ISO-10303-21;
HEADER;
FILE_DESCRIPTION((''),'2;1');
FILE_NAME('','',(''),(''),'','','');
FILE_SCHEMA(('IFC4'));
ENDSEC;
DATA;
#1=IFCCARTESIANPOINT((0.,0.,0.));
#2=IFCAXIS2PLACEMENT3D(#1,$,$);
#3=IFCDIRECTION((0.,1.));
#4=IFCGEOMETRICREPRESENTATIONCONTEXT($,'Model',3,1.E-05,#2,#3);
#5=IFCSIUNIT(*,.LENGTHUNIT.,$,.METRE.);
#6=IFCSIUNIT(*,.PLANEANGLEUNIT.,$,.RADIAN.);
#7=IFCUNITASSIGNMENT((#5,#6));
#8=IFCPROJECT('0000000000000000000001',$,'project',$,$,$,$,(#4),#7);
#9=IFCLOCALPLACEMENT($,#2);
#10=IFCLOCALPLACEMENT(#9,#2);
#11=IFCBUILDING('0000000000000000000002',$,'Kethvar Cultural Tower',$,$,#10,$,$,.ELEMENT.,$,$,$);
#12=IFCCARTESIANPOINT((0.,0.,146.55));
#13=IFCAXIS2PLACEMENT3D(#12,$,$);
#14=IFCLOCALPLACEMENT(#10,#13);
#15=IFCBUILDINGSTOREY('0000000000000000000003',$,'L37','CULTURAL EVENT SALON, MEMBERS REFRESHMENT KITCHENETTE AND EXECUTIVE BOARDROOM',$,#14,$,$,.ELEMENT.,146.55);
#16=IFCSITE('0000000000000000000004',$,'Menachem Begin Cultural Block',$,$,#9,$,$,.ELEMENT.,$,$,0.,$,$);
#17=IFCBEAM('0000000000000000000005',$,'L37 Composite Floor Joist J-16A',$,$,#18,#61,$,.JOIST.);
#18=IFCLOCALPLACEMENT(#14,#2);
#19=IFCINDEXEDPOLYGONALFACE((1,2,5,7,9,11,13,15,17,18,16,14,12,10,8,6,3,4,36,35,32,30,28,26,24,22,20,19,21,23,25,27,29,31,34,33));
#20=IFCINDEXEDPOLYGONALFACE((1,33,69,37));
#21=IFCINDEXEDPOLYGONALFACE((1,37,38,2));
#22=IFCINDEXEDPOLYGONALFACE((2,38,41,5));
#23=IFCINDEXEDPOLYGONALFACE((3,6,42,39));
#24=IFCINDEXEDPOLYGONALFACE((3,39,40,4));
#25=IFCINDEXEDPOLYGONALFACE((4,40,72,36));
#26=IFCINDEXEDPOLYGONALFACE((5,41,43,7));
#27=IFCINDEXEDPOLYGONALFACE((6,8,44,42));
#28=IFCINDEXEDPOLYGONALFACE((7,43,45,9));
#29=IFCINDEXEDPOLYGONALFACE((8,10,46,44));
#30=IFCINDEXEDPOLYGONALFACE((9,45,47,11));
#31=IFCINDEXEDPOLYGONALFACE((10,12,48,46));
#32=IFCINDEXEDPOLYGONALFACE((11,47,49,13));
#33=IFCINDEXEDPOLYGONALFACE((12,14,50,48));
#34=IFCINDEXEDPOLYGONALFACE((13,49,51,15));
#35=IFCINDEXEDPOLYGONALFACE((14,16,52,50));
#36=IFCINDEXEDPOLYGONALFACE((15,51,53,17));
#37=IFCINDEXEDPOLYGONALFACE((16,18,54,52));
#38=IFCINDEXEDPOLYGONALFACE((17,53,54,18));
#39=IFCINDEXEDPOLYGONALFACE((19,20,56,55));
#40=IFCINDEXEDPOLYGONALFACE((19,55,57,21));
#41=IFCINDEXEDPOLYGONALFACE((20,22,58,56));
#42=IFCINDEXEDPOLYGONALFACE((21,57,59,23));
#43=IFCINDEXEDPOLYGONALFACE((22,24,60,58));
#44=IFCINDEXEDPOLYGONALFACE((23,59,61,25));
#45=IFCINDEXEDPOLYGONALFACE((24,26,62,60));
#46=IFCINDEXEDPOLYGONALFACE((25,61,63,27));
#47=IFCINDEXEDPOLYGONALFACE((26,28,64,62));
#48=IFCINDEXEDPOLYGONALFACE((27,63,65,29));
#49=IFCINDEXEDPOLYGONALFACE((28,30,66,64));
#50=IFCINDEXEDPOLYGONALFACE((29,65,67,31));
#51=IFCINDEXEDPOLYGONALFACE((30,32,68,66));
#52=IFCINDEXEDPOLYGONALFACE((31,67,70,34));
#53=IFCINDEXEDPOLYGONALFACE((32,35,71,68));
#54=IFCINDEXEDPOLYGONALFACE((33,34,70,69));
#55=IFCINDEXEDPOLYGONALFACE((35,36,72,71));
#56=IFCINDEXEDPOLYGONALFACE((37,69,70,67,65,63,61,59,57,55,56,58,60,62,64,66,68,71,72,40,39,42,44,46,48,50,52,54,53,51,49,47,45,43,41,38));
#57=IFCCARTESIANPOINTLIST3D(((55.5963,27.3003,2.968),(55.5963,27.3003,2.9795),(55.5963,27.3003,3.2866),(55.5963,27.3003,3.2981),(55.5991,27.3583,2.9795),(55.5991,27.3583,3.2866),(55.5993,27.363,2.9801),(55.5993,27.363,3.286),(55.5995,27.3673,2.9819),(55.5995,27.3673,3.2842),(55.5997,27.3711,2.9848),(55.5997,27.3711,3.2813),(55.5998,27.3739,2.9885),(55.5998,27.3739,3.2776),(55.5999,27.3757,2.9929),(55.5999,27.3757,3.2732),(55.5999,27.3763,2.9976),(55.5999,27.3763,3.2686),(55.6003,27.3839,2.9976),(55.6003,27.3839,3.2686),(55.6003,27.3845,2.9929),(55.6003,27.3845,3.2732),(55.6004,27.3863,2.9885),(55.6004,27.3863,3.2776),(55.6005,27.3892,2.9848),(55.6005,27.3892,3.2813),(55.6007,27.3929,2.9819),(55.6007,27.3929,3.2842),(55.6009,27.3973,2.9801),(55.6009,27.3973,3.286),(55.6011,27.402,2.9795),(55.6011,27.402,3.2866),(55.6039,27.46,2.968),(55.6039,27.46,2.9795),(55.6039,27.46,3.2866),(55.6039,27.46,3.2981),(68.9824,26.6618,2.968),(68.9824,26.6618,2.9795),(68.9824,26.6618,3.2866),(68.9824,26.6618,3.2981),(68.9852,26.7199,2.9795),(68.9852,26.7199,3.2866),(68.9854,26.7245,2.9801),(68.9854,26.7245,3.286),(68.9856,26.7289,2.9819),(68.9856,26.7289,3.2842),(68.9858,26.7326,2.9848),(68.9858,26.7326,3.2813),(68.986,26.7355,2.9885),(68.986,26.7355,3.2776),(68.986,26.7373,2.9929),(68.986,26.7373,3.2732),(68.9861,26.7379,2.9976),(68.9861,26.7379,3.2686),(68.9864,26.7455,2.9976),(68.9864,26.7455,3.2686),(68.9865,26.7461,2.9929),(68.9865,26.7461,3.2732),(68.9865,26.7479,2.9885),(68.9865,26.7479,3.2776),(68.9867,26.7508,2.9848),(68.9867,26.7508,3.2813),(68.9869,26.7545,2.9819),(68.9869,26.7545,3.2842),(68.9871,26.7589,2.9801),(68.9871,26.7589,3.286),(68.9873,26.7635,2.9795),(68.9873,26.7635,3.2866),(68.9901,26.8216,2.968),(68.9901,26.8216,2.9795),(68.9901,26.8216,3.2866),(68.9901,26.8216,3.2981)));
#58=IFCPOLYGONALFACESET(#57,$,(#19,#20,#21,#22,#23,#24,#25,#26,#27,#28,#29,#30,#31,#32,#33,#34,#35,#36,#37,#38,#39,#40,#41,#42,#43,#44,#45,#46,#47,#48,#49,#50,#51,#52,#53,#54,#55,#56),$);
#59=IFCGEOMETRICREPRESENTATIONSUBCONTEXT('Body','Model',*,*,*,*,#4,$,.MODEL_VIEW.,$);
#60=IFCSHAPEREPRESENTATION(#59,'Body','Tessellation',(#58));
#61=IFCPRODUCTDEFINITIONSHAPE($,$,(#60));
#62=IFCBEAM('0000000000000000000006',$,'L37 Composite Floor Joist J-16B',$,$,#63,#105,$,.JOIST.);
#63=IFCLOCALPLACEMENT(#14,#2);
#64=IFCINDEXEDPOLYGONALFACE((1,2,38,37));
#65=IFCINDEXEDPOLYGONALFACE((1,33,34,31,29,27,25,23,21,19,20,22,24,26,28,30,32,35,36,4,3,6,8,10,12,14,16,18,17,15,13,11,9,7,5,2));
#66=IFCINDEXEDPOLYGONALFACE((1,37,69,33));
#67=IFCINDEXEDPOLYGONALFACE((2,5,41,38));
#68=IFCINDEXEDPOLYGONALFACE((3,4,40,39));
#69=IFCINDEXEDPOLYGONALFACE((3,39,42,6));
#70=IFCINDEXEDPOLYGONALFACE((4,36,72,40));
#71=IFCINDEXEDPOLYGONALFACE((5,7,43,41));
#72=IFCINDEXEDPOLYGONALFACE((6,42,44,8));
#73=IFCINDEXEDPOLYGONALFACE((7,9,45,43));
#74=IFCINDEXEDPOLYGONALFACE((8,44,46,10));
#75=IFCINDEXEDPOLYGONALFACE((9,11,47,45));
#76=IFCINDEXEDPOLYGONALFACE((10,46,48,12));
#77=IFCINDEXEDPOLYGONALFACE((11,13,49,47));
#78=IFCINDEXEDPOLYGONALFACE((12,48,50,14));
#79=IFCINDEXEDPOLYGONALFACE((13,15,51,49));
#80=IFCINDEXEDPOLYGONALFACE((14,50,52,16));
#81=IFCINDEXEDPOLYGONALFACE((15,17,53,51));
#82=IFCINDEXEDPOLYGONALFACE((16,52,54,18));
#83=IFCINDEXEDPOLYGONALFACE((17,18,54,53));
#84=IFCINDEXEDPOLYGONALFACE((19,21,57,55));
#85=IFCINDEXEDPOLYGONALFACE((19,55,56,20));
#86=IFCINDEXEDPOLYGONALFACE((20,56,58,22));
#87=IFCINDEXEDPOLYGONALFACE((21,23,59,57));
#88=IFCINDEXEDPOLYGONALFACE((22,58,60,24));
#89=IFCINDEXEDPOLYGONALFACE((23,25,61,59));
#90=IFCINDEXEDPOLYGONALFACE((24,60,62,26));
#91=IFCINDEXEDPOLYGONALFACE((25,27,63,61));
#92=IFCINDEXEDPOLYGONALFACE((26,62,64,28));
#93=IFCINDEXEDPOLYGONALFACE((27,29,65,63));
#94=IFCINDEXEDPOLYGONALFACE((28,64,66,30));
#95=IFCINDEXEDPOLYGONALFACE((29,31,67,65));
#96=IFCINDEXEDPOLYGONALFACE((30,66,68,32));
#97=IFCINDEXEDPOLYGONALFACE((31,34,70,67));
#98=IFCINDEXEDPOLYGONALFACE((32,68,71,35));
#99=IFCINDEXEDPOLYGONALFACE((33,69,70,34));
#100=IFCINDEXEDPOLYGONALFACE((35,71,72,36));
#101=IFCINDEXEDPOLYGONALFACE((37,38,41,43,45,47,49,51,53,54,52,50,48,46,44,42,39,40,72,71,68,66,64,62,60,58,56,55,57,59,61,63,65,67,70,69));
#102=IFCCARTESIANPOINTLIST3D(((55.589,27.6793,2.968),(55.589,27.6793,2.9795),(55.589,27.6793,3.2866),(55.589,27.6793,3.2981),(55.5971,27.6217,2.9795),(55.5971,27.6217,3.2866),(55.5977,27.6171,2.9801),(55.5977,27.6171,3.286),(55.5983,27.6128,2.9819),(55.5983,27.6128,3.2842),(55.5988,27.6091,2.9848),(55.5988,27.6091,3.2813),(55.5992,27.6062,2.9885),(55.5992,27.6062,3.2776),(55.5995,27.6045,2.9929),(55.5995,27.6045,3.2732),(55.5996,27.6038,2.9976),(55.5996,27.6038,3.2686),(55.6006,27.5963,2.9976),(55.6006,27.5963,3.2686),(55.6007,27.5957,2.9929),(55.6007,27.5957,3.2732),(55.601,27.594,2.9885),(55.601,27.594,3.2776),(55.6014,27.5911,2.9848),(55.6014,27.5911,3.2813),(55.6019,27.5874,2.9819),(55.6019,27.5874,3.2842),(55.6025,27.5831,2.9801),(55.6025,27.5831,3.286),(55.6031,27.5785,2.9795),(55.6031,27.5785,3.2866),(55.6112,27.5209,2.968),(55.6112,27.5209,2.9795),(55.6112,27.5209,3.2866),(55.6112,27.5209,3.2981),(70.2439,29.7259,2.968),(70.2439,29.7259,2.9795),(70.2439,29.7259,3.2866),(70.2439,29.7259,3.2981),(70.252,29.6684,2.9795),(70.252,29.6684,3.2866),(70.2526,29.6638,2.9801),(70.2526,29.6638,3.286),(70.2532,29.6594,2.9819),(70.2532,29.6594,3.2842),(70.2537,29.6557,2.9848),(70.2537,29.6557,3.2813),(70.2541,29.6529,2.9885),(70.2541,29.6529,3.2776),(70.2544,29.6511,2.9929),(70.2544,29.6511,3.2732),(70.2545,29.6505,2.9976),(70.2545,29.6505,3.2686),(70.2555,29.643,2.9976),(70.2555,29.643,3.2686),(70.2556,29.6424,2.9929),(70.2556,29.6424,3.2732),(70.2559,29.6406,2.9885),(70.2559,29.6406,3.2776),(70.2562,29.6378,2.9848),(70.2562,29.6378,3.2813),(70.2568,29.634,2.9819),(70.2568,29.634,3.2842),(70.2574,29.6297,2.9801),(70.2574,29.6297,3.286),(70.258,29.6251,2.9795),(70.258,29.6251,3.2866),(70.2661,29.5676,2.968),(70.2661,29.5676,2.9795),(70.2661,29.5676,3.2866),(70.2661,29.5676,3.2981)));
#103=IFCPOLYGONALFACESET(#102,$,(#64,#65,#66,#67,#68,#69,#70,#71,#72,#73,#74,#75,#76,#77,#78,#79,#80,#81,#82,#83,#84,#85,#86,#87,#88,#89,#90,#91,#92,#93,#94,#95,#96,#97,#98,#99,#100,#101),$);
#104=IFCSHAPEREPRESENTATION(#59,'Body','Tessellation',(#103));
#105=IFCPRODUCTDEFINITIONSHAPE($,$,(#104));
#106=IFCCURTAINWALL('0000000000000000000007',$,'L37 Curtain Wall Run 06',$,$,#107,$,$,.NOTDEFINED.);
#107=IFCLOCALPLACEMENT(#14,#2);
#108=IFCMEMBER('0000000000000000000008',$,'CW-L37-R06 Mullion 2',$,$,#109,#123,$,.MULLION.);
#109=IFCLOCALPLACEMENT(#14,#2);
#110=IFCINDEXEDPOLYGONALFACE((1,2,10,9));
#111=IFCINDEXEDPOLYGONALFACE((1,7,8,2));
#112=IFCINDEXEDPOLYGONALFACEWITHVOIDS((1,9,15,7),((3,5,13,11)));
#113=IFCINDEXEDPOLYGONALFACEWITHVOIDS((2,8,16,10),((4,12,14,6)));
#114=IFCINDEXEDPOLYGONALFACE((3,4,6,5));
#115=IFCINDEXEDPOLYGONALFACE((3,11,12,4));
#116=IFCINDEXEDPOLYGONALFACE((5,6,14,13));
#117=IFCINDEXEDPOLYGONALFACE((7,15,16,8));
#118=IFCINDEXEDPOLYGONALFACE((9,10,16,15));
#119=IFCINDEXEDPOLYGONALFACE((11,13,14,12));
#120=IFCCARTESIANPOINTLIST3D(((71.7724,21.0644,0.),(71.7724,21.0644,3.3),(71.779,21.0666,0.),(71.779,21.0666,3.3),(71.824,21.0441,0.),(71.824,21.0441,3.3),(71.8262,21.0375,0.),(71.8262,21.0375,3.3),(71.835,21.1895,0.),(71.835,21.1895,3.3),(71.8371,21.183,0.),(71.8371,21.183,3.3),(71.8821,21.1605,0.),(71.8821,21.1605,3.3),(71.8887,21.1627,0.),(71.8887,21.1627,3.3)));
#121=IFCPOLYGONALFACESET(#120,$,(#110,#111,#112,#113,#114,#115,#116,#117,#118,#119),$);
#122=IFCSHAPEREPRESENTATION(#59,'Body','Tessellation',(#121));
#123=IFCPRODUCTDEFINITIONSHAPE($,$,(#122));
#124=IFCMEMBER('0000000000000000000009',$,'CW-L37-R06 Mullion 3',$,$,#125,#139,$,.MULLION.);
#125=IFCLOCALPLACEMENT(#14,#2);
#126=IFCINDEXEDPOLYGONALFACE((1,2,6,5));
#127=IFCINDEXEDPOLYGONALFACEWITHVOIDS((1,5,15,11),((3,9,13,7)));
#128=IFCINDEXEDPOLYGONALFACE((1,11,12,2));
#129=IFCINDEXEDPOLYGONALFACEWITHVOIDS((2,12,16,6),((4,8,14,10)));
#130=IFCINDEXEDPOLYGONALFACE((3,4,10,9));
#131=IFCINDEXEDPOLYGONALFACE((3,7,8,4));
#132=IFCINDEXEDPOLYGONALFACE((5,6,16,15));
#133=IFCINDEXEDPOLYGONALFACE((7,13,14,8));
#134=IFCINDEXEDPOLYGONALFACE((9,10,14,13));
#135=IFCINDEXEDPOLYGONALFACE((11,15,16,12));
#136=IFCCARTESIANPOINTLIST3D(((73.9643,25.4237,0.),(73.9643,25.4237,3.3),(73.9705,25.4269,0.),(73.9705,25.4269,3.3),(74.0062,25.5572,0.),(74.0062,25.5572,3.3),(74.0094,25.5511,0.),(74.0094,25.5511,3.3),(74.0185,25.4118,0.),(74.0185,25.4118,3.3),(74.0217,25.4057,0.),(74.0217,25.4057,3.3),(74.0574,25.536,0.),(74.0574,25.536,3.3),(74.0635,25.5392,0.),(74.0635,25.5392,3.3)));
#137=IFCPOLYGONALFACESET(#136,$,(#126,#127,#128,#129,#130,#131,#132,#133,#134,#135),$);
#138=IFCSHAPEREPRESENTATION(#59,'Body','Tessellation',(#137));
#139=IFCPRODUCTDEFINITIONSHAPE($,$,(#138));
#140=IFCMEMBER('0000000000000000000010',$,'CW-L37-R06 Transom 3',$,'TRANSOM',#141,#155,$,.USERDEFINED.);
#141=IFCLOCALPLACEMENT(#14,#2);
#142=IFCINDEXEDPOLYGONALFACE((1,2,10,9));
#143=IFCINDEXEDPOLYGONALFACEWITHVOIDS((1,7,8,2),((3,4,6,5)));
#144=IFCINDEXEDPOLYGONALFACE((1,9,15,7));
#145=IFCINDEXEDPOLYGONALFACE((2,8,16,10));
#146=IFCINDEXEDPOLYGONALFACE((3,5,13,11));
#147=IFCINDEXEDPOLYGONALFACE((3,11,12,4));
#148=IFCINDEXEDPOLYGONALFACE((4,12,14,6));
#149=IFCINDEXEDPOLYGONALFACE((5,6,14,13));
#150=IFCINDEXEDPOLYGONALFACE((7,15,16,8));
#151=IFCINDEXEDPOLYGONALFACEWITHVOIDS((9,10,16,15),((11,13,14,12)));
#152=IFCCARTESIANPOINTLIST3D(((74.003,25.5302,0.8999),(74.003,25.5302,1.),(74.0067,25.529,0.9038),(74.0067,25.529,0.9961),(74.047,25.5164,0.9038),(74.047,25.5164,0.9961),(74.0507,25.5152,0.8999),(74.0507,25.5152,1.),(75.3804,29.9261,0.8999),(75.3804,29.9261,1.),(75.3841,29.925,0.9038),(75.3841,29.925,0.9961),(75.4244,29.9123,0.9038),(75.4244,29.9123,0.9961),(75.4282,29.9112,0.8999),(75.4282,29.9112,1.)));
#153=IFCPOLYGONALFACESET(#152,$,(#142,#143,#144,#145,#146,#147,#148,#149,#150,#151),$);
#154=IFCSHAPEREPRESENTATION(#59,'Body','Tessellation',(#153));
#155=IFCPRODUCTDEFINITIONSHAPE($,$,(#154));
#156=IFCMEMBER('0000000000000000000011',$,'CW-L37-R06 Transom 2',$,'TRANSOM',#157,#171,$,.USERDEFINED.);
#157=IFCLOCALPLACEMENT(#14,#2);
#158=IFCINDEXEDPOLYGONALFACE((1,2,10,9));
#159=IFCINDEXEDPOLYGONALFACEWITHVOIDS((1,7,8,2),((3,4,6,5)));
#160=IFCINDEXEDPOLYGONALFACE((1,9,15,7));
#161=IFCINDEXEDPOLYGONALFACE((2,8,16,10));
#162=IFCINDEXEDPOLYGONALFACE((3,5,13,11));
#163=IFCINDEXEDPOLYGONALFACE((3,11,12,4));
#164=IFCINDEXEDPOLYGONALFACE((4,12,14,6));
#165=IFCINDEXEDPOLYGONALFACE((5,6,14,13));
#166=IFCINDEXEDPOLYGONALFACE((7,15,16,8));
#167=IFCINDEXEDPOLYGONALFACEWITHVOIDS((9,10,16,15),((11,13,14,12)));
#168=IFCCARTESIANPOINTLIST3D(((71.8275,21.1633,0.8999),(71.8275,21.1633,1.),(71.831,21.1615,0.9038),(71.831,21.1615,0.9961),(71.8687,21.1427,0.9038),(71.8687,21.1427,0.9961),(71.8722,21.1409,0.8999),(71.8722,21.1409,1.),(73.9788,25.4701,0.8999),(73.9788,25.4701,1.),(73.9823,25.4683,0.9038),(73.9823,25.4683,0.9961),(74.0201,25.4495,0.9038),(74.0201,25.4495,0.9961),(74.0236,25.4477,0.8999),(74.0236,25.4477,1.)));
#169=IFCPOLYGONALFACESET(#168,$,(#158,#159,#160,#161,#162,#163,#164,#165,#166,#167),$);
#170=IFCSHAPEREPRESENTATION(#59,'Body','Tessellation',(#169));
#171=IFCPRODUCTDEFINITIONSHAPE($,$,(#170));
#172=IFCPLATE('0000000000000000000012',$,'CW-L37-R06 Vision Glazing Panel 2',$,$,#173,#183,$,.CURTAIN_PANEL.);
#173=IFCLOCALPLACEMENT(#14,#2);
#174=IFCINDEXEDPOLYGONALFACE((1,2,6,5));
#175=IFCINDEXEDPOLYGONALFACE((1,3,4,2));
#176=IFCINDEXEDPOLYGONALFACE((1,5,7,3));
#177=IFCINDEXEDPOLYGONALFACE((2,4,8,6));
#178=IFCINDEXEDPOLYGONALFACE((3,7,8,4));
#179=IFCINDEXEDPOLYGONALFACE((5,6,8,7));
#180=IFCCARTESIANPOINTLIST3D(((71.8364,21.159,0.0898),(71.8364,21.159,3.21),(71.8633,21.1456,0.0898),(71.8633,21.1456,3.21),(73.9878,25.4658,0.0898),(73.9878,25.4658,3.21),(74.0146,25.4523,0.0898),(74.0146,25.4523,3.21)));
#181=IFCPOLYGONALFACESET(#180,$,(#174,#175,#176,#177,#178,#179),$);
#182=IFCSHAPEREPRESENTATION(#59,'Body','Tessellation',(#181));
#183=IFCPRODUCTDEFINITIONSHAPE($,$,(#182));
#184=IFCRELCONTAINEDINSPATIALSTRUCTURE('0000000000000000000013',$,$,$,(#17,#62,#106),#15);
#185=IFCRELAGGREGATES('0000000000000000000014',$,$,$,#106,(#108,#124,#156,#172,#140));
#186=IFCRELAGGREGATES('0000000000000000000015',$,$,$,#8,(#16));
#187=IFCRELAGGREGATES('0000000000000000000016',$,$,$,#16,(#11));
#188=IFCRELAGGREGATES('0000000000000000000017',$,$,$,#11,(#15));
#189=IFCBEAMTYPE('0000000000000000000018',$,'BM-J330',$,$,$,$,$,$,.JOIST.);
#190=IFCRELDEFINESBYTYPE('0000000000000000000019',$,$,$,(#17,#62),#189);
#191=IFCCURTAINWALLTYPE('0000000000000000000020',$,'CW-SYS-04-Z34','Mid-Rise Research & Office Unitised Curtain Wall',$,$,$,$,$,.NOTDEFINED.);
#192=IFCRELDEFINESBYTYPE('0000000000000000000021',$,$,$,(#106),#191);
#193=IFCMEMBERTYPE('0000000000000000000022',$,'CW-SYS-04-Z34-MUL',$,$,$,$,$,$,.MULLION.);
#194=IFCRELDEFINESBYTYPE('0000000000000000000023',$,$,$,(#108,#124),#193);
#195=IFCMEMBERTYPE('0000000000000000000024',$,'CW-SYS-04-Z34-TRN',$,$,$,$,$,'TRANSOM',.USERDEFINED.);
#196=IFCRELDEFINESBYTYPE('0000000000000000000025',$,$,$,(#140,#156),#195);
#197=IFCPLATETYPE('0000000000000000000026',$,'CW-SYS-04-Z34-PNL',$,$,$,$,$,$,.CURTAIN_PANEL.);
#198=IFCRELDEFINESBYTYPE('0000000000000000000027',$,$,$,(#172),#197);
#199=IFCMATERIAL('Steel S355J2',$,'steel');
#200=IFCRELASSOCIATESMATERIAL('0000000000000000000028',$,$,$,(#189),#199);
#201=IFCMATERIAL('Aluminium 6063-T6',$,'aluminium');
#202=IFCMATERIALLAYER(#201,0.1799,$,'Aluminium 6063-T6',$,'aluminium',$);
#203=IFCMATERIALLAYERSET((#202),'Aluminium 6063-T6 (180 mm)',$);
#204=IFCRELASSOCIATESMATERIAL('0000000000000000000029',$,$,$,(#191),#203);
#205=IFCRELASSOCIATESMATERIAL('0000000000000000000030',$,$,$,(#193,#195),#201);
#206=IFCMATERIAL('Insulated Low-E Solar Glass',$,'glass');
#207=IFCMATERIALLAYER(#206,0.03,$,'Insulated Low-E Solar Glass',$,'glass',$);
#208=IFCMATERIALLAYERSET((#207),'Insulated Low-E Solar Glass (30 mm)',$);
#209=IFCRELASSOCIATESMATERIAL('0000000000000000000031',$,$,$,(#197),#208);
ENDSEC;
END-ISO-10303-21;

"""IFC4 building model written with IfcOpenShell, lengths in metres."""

from ifc_helpers import new_model, si_unit, direction, frame, origin, origin_2d, place, context, subcontext, project, spatial, rectangle, hollow_rectangle, i_section, extrude, source, transform, mapped, material, layer, layer_set, material_profile, profile_set, type_object, element, aggregate, save


model = new_model("IFC4")

# Units and contexts
model_context = context("Model", 3, precision=1e-05, world=origin(), true_north=direction((0.0, 1.0)))
body_context = subcontext(model_context, "Body", "Model", "MODEL_VIEW")
ifc_project = project(units=[si_unit("LENGTHUNIT", "METRE"), si_unit("PLANEANGLEUNIT", "RADIAN")], contexts=[model_context])

# Site, building, storey
site_placement = place(None, origin())
site = spatial("IfcSite", under=ifc_project, at=site_placement, Name="Menachem Begin Cultural Block", CompositionType="ELEMENT", RefElevation=0.0)
building_placement = place(site_placement, origin())
building = spatial("IfcBuilding", under=site, at=building_placement, Name="Kethvar Cultural Tower", CompositionType="ELEMENT")
storey_placement = place(building_placement, frame((0.0, 0.0, 146.55)))
storey = spatial("IfcBuildingStorey", under=building, at=storey_placement, Name="L37", Description="CULTURAL EVENT SALON, MEMBERS REFRESHMENT KITCHENETTE AND EXECUTIVE BOARDROOM", CompositionType="ELEMENT", Elevation=146.55)

# Beams
ifc_material_1 = material(Name="Steel S355J2", Category="steel")
ifc_material_profile_1 = material_profile(ifc_material_1, i_section(OverallWidth=0.1599, OverallDepth=0.3301, WebThickness=0.0076, FlangeThickness=0.0115, FilletRadius=0.0181, at=origin_2d()), Name="Steel S355J2 — IPE330")
ifc_profile_set_1 = profile_set([ifc_material_profile_1], Name="Steel S355J2 — IPE330")
beam_type_1 = type_object("IfcBeamType", Name="BM-J330", PredefinedType="JOIST", material=ifc_profile_set_1)
shared_shape_1 = source(origin(), body_context, "Body", "SweptSolid", [
    extrude(i_section(OverallWidth=0.1599, OverallDepth=0.3301, WebThickness=0.0076, FlangeThickness=0.0115, FilletRadius=0.0181, at=origin_2d()), origin(), (0.0, 0.0, 1.0), 13.4014),
])
beam_1_placement = place(storey_placement, frame((55.6001, 27.3801, 3.1331), z_axis=(0.998865, -0.047639, 0.0), x_axis=(0.047639, 0.998865, 0.0)))
element("IfcBeam", 1, at=beam_1_placement, inside=storey, type_object=beam_type_1, Name="L37 Composite Floor Joist J-16A", PredefinedType="JOIST", context=body_context, shape_type="MappedRepresentation", body=[
    mapped(shared_shape_1, transform((0.0, 0.0, 0.0), scale=1.0)),
])
shared_shape_2 = source(origin(), body_context, "Body", "SweptSolid", [
    extrude(i_section(OverallWidth=0.1599, OverallDepth=0.3301, WebThickness=0.0076, FlangeThickness=0.0115, FilletRadius=0.0181, at=origin_2d()), origin(), (0.0, 0.0, 1.0), 14.7971),
])
beam_2_placement = place(storey_placement, frame((55.6001, 27.6001, 3.1331), z_axis=(0.990388, 0.138314, 0.0), x_axis=(-0.138314, 0.990388, 0.0)))
element("IfcBeam", 2, at=beam_2_placement, inside=storey, type_object=beam_type_1, Name="L37 Composite Floor Joist J-16B", PredefinedType="JOIST", context=body_context, shape_type="MappedRepresentation", body=[
    mapped(shared_shape_2, transform((0.0, 0.0, 0.0), scale=1.0)),
])

# Curtain wall, members, plate
ifc_material_2 = material(Name="Aluminium 6063-T6", Category="aluminium")
ifc_layer_1 = layer(ifc_material_2, 0.1799, Name="Aluminium 6063-T6", Category="aluminium")
ifc_layer_set_1 = layer_set([ifc_layer_1], Name="Aluminium 6063-T6 (180 mm)")
curtain_wall_type = type_object("IfcCurtainWallType", Name="CW-SYS-04-Z34", Description="Mid-Rise Research & Office Unitised Curtain Wall", PredefinedType="NOTDEFINED", material=ifc_layer_set_1)
curtain_wall_placement = place(storey_placement, origin())
curtain_wall = element("IfcCurtainWall", 3, at=curtain_wall_placement, inside=storey, type_object=curtain_wall_type, Name="L37 Curtain Wall Run 06", PredefinedType="NOTDEFINED")
ifc_material_profile_2 = material_profile(ifc_material_2, hollow_rectangle(XDim=0.0601, YDim=0.1399, WallThickness=0.0049, at=origin_2d()), Name="Aluminium 6063-T6 — RHS140x60x5")
ifc_profile_set_2 = profile_set([ifc_material_profile_2], Name="Aluminium 6063-T6 — RHS140x60x5")
member_type_1 = type_object("IfcMemberType", Name="CW-SYS-04-Z34-MUL", PredefinedType="MULLION", material=ifc_profile_set_2)
shared_shape_3 = source(origin(), body_context, "Body", "SweptSolid", [
    extrude(hollow_rectangle(XDim=0.0601, YDim=0.1399, WallThickness=0.0049, at=origin_2d()), origin(), (0.0, 0.0, 1.0), 3.3),
])
member_1_placement = place(storey_placement, frame((71.8306, 21.1135, 0.0), z_axis=(0.0, 0.0, 1.0), x_axis=(-0.894599, 0.446869, 0.0)))
member_1 = element("IfcMember", 4, at=member_1_placement, type_object=member_type_1, Name="CW-L37-R06 Mullion 2", PredefinedType="MULLION", context=body_context, shape_type="MappedRepresentation", body=[
    mapped(shared_shape_3, transform((0.0, 0.0, 0.0), scale=1.0)),
])
member_2_placement = place(storey_placement, frame((74.0139, 25.4814, 0.0), z_axis=(0.0, 0.0, 1.0), x_axis=(-0.954246, 0.299024, 0.0)))
member_2 = element("IfcMember", 5, at=member_2_placement, type_object=member_type_1, Name="CW-L37-R06 Mullion 3", PredefinedType="MULLION", context=body_context, shape_type="MappedRepresentation", body=[
    mapped(shared_shape_3, transform((0.0, 0.0, 0.0), scale=1.0)),
])
ifc_material_profile_3 = material_profile(ifc_material_2, hollow_rectangle(XDim=0.05, YDim=0.1001, WallThickness=0.0039, at=origin_2d()), Name="Aluminium 6063-T6 — RHS100x50x4")
ifc_profile_set_3 = profile_set([ifc_material_profile_3], Name="Aluminium 6063-T6 — RHS100x50x4")
member_type_2 = type_object("IfcMemberType", Name="CW-SYS-04-Z34-TRN", ElementType="TRANSOM", PredefinedType="USERDEFINED", material=ifc_profile_set_3)
shared_shape_4 = source(origin(), body_context, "Body", "SweptSolid", [
    extrude(hollow_rectangle(XDim=0.05, YDim=0.1001, WallThickness=0.0039, at=origin_2d()), origin(), (0.0, 0.0, 1.0), 4.6067),
])
member_3_placement = place(storey_placement, frame((74.0269, 25.5227, 0.95), z_axis=(0.299005, 0.954251, 0.0), x_axis=(-0.954251, 0.299005, 0.0)))
member_3 = element("IfcMember", 6, at=member_3_placement, type_object=member_type_2, Name="CW-L37-R06 Transom 3", ObjectType="TRANSOM", PredefinedType="USERDEFINED", context=body_context, shape_type="MappedRepresentation", body=[
    mapped(shared_shape_4, transform((0.0, 0.0, 0.0), scale=1.0)),
])
shared_shape_5 = source(origin(), body_context, "Body", "SweptSolid", [
    extrude(hollow_rectangle(XDim=0.05, YDim=0.1001, WallThickness=0.0039, at=origin_2d()), origin(), (0.0, 0.0, 1.0), 4.8142),
])
member_4_placement = place(storey_placement, frame((71.8499, 21.1521, 0.95), z_axis=(0.446869, 0.8946, 0.0), x_axis=(-0.8946, 0.446869, 0.0)))
member_4 = element("IfcMember", 7, at=member_4_placement, type_object=member_type_2, Name="CW-L37-R06 Transom 2", ObjectType="TRANSOM", PredefinedType="USERDEFINED", context=body_context, shape_type="MappedRepresentation", body=[
    mapped(shared_shape_5, transform((0.0, 0.0, 0.0), scale=1.0)),
])
ifc_material_3 = material(Name="Insulated Low-E Solar Glass", Category="glass")
ifc_layer_2 = layer(ifc_material_3, 0.03, Name="Insulated Low-E Solar Glass", Category="glass")
ifc_layer_set_2 = layer_set([ifc_layer_2], Name="Insulated Low-E Solar Glass (30 mm)")
plate_type = type_object("IfcPlateType", Name="CW-SYS-04-Z34-PNL", PredefinedType="CURTAIN_PANEL", material=ifc_layer_set_2)
shared_shape_6 = source(origin(), body_context, "Body", "SweptSolid", [
    extrude(rectangle(XDim=4.8142, YDim=0.03, at=origin_2d()), origin(), (0.0, 0.0, 1.0), 3.1201),
])
plate_1_placement = place(storey_placement, frame((72.9255, 23.3057, 0.0898), z_axis=(0.0, 0.0, 1.0), x_axis=(0.446869, 0.894599, 0.0)))
plate_1 = element("IfcPlate", 8, at=plate_1_placement, type_object=plate_type, Name="CW-L37-R06 Vision Glazing Panel 2", PredefinedType="CURTAIN_PANEL", context=body_context, shape_type="MappedRepresentation", body=[
    mapped(shared_shape_6, transform((0.0, 0.0, 0.0), scale=1.0)),
])
aggregate(curtain_wall, [member_1, member_2, member_4, plate_1, member_3])

save(model, "model.ifc")
